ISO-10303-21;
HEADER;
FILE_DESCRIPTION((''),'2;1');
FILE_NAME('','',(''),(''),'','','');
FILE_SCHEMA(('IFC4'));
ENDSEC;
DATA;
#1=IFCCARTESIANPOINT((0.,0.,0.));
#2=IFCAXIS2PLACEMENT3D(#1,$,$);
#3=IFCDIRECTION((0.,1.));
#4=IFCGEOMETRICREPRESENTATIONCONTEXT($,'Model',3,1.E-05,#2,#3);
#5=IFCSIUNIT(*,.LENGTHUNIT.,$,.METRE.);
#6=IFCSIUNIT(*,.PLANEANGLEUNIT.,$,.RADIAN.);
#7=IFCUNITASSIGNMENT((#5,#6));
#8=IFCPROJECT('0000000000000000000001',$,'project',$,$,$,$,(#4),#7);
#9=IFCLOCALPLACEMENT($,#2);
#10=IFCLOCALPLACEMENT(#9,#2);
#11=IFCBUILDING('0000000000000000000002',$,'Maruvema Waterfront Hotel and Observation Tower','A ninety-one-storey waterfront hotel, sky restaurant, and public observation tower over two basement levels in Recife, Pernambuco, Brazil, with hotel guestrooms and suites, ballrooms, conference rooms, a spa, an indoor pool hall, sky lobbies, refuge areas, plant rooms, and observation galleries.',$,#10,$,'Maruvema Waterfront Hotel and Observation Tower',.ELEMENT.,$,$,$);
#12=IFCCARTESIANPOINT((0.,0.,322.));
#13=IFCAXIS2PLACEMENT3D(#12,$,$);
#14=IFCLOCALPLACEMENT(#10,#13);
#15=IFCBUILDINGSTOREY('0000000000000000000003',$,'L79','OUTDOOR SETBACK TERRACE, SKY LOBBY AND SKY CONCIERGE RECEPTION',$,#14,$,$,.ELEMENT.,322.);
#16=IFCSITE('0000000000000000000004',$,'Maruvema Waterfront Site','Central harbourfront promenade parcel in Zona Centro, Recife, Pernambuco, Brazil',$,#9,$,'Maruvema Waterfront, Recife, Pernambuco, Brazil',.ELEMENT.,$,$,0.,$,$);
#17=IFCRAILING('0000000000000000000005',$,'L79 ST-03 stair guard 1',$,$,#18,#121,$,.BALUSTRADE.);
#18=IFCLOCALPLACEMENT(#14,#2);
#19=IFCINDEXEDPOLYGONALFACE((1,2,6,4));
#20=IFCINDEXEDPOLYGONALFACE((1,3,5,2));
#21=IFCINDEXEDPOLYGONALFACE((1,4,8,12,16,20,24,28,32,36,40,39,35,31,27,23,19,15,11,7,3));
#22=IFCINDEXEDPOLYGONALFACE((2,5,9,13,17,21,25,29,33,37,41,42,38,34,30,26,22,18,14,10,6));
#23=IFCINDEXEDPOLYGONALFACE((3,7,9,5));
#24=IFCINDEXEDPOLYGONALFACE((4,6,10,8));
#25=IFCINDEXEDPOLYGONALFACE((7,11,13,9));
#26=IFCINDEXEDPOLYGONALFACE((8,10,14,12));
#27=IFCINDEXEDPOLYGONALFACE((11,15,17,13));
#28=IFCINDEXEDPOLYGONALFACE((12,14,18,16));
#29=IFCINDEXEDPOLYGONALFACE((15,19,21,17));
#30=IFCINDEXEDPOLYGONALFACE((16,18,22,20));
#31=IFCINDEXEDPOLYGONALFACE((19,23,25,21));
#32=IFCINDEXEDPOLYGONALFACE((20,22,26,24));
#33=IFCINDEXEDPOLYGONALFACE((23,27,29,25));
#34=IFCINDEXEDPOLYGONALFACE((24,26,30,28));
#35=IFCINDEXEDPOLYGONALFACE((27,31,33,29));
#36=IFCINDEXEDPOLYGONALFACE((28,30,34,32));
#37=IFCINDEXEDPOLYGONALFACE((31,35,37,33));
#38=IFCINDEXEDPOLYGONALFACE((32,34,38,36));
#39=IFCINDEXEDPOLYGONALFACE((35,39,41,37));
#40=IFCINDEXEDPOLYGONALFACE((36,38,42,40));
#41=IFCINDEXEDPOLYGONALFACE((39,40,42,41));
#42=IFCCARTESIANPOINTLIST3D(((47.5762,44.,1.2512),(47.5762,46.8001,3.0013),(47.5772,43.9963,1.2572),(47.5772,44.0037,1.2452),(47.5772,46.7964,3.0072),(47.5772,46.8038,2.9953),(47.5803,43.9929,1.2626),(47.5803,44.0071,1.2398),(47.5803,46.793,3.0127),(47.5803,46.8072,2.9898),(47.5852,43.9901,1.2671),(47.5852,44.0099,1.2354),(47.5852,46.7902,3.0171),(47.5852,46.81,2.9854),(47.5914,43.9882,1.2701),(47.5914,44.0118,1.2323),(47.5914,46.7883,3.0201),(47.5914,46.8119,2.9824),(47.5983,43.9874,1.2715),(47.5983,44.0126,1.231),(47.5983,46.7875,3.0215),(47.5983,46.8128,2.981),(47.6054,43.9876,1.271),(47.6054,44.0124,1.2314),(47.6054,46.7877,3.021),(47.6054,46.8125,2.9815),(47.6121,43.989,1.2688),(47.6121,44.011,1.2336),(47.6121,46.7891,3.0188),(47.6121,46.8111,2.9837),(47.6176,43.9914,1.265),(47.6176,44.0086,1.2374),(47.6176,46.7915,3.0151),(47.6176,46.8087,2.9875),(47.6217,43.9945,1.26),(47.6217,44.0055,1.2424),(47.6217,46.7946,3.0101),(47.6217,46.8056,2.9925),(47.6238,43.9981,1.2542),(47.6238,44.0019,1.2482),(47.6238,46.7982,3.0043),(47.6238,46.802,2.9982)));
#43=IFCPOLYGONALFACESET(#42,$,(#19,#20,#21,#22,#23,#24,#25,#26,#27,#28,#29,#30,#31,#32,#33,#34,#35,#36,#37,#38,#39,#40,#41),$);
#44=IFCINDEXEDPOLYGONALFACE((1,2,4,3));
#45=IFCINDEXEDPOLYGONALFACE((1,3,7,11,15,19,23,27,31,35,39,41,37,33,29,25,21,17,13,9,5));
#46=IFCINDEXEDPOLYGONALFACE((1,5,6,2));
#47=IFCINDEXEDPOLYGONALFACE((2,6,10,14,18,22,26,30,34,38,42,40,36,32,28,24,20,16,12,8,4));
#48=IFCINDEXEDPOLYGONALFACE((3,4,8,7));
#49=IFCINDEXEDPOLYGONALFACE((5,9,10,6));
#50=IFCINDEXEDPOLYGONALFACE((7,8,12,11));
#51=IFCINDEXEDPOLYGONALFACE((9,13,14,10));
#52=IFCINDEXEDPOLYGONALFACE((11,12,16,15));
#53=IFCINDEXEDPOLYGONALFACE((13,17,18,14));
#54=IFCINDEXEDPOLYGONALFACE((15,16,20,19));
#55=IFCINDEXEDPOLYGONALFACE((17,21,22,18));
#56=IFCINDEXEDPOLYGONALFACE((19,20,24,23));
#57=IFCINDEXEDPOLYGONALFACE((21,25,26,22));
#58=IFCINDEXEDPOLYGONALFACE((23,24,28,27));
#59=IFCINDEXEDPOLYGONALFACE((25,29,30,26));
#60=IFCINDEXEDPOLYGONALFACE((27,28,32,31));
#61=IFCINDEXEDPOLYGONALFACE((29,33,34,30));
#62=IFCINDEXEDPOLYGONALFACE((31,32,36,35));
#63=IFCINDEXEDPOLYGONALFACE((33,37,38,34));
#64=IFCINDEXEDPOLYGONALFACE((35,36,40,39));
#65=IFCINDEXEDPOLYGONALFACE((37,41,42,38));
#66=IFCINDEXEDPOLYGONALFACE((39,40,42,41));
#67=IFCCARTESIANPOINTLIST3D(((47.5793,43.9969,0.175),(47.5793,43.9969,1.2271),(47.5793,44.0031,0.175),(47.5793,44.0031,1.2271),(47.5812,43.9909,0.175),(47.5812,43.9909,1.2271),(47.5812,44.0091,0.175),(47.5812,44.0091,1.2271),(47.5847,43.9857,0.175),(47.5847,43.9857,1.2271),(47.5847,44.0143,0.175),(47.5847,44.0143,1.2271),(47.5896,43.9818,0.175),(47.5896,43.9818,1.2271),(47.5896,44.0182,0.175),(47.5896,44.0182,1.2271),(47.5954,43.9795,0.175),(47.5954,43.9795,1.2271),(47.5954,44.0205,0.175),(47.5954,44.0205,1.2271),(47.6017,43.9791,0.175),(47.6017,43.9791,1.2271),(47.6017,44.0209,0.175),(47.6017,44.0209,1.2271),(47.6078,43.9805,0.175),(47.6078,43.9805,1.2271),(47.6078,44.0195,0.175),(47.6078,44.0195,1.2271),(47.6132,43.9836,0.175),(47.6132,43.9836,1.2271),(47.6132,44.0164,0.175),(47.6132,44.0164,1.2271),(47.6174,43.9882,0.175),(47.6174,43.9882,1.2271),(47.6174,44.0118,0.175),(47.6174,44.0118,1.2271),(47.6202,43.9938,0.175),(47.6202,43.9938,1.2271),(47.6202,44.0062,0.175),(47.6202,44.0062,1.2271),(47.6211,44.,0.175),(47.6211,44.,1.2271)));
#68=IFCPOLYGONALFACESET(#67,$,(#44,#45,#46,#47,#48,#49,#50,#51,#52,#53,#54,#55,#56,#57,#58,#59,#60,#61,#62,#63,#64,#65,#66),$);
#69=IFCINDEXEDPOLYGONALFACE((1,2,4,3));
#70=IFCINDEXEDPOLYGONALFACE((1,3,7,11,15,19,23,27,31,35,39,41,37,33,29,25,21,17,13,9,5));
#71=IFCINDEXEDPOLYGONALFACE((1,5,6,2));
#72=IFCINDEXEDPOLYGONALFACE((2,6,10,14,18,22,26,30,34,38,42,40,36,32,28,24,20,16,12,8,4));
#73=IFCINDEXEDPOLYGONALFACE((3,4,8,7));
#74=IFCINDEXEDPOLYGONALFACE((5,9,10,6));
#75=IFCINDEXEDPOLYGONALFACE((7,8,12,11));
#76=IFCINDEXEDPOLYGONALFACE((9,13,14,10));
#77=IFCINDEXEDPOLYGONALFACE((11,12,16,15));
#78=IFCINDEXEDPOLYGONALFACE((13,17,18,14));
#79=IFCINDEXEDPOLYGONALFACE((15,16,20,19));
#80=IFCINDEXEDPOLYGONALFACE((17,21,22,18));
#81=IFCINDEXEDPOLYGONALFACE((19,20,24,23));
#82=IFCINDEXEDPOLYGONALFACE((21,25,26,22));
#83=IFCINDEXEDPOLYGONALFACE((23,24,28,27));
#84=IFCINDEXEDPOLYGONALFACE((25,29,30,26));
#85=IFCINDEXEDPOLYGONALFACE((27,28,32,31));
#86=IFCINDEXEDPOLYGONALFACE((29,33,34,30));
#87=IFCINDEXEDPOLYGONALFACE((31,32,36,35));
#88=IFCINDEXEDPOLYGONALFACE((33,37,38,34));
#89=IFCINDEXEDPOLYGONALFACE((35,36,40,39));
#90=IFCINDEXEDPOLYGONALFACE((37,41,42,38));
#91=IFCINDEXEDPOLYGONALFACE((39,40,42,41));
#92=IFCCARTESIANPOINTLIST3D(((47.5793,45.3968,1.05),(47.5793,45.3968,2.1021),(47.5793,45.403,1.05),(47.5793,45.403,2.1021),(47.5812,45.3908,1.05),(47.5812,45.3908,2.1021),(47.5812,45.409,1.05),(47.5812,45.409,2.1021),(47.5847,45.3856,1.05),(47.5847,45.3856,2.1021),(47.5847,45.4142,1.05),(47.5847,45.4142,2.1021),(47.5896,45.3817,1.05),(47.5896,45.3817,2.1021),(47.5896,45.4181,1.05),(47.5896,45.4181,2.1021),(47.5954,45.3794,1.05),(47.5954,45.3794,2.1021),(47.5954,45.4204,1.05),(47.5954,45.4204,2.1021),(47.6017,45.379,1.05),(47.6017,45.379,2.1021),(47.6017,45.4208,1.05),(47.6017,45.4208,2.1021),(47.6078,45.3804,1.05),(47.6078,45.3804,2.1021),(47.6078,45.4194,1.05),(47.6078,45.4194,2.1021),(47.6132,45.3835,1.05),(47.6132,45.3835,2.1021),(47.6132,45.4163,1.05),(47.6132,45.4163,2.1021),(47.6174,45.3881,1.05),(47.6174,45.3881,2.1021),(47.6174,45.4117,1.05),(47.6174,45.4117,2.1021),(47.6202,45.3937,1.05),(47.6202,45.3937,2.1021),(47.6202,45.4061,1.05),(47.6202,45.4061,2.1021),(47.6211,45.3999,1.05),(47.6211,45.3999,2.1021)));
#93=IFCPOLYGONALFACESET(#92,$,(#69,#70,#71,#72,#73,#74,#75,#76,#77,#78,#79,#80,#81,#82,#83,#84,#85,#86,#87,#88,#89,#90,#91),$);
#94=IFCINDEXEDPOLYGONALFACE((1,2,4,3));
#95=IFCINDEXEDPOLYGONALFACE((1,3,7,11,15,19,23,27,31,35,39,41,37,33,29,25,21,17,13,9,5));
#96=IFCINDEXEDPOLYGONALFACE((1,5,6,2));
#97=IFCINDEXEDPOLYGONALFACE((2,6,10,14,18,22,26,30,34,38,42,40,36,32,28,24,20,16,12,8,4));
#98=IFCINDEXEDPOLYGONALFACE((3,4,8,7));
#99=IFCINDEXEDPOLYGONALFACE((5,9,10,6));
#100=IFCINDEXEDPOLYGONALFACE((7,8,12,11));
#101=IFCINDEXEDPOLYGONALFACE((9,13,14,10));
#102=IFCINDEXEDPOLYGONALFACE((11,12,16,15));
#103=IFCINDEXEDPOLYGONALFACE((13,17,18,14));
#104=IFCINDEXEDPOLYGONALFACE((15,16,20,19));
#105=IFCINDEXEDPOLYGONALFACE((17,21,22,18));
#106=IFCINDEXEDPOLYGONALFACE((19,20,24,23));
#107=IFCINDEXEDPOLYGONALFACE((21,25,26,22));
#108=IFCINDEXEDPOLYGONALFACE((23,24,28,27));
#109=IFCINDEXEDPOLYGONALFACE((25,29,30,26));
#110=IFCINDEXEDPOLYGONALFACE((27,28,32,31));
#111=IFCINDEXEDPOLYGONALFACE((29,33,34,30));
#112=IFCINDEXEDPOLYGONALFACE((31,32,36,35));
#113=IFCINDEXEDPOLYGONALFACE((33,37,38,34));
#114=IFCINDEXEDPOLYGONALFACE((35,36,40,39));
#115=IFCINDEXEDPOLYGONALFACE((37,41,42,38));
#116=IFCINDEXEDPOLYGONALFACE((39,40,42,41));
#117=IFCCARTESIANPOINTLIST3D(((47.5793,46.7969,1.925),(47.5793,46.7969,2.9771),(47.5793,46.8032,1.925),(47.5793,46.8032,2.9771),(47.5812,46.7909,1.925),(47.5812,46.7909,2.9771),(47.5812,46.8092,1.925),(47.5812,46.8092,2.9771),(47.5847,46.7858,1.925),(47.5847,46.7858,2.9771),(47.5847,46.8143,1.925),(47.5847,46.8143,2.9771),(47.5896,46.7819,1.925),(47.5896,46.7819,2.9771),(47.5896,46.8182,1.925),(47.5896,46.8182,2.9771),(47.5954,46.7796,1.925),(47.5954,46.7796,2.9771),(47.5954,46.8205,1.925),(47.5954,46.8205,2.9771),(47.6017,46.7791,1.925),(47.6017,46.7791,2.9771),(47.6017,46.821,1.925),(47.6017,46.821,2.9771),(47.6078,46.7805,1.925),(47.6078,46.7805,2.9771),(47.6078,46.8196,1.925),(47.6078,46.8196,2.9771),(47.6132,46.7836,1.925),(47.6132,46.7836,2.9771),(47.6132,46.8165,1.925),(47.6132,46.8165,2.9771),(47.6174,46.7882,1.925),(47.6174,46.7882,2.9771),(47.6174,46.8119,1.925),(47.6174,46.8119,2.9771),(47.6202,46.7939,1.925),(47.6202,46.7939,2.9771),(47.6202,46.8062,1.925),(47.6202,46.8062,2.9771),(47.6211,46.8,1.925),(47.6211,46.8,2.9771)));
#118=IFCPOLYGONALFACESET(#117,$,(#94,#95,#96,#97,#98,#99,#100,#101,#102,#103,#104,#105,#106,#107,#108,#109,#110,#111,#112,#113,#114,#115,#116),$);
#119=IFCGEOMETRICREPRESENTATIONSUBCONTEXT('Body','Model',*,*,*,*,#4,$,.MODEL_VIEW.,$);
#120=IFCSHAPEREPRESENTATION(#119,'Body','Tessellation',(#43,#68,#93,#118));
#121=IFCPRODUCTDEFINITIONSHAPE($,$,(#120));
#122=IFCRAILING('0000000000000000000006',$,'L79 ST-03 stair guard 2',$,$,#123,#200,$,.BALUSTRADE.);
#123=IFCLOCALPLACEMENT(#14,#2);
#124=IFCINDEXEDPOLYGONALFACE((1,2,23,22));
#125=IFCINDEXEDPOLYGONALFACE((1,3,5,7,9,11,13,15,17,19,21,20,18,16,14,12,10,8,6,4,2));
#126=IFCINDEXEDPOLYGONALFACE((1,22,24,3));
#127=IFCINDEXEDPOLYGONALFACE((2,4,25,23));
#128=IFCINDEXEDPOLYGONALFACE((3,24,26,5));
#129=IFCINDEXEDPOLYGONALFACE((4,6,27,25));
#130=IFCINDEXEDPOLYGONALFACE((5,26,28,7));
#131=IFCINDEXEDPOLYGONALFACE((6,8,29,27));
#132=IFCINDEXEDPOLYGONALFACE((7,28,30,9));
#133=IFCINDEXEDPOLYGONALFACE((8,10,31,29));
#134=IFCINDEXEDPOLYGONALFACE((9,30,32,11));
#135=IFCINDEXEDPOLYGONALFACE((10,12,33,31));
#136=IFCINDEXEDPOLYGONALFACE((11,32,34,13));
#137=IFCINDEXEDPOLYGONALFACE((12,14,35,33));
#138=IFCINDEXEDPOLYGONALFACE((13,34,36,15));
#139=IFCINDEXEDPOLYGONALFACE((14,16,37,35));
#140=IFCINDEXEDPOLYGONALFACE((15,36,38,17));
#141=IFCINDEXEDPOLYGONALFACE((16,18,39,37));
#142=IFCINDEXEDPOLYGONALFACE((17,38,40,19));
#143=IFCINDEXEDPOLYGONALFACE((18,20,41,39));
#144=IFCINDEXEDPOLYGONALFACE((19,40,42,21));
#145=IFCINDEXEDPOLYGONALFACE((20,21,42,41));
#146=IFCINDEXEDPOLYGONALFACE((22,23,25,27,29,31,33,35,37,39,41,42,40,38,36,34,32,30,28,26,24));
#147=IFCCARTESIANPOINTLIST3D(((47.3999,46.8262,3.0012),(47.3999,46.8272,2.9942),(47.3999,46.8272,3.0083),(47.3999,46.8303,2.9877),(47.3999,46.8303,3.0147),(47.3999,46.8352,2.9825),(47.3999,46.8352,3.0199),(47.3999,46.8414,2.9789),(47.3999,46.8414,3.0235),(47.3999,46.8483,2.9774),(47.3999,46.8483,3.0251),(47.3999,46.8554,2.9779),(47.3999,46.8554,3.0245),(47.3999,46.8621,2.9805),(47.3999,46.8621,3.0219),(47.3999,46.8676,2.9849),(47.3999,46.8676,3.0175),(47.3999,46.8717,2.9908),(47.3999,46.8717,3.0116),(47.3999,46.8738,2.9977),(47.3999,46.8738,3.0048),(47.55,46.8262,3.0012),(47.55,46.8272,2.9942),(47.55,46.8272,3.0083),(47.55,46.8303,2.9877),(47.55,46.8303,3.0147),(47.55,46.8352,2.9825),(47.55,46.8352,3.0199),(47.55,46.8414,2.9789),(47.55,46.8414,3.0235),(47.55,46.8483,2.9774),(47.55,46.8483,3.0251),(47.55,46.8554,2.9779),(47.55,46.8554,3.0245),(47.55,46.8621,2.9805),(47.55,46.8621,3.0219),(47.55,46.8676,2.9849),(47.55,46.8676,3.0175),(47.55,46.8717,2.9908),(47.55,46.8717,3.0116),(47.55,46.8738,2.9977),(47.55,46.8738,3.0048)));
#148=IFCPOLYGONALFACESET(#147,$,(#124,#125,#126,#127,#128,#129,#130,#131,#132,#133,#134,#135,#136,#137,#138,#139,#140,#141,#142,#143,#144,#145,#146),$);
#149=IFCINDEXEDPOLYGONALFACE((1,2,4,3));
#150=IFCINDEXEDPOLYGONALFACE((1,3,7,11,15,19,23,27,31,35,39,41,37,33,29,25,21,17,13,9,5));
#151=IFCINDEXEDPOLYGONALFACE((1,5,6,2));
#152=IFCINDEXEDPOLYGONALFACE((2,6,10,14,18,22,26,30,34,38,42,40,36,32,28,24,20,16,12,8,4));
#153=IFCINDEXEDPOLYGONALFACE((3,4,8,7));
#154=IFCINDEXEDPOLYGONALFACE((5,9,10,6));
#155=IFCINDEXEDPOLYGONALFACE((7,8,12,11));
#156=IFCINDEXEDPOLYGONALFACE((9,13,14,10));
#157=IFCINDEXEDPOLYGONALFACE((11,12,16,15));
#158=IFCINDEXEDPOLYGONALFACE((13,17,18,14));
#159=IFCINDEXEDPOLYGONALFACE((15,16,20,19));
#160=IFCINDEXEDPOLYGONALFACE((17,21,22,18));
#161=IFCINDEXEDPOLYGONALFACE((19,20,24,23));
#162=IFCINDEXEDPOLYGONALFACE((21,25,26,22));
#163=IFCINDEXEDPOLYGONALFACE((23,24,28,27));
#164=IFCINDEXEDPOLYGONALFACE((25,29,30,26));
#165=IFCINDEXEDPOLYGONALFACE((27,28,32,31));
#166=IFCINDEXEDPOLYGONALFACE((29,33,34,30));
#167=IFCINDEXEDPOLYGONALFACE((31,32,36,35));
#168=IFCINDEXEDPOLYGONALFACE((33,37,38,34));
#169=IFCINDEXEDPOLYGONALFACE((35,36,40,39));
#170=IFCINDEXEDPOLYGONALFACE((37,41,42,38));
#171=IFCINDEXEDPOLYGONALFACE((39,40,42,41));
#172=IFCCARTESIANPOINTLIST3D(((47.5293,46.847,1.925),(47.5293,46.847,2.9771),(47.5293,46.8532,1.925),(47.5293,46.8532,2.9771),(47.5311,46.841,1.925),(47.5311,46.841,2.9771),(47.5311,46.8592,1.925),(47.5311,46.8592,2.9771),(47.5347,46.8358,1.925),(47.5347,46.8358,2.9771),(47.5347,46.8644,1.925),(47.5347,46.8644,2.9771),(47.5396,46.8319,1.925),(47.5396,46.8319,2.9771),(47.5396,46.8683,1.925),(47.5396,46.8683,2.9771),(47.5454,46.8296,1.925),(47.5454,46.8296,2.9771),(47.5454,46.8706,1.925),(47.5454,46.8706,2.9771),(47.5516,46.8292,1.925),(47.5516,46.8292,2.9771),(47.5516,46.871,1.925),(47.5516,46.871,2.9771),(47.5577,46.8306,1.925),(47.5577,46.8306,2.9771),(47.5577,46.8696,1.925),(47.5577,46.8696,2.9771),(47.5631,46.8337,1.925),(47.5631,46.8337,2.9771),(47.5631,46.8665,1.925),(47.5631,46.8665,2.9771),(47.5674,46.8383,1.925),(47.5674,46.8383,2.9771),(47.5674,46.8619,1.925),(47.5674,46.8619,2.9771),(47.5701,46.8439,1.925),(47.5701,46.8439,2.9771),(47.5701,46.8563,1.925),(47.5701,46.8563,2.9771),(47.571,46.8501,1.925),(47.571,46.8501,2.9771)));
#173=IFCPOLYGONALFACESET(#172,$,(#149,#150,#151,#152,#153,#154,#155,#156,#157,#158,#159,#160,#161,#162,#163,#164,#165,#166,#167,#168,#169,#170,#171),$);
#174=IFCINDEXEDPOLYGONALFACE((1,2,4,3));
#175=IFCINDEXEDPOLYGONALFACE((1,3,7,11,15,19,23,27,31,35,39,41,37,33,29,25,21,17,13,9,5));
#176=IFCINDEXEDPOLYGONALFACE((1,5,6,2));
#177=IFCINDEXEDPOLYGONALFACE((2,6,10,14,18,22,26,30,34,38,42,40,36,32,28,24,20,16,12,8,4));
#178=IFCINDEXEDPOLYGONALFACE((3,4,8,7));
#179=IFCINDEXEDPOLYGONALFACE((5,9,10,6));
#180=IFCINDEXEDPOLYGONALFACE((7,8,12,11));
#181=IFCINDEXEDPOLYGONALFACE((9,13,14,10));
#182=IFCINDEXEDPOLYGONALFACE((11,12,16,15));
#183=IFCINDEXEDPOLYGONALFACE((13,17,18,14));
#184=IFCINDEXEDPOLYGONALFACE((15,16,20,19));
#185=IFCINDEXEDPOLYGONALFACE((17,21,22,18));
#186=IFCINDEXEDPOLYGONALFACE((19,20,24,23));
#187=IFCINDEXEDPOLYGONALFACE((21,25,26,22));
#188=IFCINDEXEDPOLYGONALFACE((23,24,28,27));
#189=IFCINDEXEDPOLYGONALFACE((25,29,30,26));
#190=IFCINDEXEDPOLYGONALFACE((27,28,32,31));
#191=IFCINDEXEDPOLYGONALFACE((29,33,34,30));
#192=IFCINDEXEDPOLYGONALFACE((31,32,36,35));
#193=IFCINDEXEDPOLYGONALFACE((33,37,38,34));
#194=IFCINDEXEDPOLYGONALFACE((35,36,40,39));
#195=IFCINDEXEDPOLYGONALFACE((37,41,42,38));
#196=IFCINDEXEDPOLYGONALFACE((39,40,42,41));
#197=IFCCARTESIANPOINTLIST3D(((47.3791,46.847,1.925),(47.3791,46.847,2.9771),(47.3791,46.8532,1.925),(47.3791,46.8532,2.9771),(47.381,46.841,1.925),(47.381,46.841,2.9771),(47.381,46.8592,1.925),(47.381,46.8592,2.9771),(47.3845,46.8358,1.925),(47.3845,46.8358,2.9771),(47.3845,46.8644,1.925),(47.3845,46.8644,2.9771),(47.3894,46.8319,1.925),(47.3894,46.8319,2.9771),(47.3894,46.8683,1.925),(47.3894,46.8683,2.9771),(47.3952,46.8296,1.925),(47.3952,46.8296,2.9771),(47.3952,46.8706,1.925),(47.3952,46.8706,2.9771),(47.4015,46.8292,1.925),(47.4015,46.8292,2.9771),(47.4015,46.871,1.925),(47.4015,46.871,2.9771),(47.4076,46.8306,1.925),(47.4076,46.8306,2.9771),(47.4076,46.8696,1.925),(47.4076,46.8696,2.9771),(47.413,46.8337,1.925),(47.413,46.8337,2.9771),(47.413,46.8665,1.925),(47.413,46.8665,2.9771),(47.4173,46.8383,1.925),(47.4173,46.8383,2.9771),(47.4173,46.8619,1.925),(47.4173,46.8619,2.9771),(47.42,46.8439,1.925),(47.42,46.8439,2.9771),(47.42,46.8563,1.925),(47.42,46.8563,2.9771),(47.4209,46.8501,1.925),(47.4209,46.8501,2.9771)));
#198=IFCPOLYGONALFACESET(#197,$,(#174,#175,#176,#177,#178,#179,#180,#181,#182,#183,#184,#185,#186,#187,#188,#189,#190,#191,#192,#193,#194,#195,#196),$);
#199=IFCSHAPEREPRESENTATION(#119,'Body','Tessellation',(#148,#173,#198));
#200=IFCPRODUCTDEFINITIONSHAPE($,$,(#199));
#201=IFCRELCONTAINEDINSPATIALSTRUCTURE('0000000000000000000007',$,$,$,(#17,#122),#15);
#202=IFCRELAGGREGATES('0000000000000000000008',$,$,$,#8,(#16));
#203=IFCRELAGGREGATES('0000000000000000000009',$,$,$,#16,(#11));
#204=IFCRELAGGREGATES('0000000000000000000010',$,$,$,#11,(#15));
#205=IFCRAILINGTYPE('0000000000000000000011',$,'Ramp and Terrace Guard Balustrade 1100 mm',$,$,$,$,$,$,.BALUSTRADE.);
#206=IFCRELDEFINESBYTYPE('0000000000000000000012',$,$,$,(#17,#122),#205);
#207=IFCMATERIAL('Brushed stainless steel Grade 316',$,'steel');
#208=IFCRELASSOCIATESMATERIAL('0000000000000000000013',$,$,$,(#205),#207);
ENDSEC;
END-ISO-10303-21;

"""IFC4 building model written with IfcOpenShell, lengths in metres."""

from ifc_helpers import new_model, si_unit, direction, frame, origin, origin_2d, place, context, subcontext, project, spatial, circle, extrude, material, type_object, element, save


model = new_model("IFC4")

# Units and contexts
model_context = context("Model", 3, precision=1e-05, world=origin(), true_north=direction((0.0, 1.0)))
body_context = subcontext(model_context, "Body", "Model", "MODEL_VIEW")
ifc_project = project(units=[si_unit("LENGTHUNIT", "METRE"), si_unit("PLANEANGLEUNIT", "RADIAN")], contexts=[model_context])

# Site, building, storey
site_placement = place(None, origin())
site = spatial("IfcSite", under=ifc_project, at=site_placement, Name="Maruvema Waterfront Site", Description="Central harbourfront promenade parcel in Zona Centro, Recife, Pernambuco, Brazil", LongName="Maruvema Waterfront, Recife, Pernambuco, Brazil", CompositionType="ELEMENT", RefElevation=0.0)
building_placement = place(site_placement, origin())
building = spatial("IfcBuilding", under=site, at=building_placement, Name="Maruvema Waterfront Hotel and Observation Tower", Description="A ninety-one-storey waterfront hotel, sky restaurant, and public observation tower over two basement levels in Recife, Pernambuco, Brazil, with hotel guestrooms and suites, ballrooms, conference rooms, a spa, an indoor pool hall, sky lobbies, refuge areas, plant rooms, and observation galleries.", LongName="Maruvema Waterfront Hotel and Observation Tower", CompositionType="ELEMENT")
storey_placement = place(building_placement, frame((0.0, 0.0, 322.0)))
storey = spatial("IfcBuildingStorey", under=building, at=storey_placement, Name="L79", Description="OUTDOOR SETBACK TERRACE, SKY LOBBY AND SKY CONCIERGE RECEPTION", CompositionType="ELEMENT", Elevation=322.0)

# Railings
ifc_material_1 = material(Name="Brushed stainless steel Grade 316", Category="steel")
railing_type_1 = type_object("IfcRailingType", Name="Ramp and Terrace Guard Balustrade 1100 mm", PredefinedType="BALUSTRADE", material=ifc_material_1)
railing_1_placement = place(storey_placement, frame((47.6001, 44.0, 0.175)))
element("IfcRailing", 1, at=railing_1_placement, inside=storey, type_object=railing_type_1, Name="L79 ST-03 stair guard 1", PredefinedType="BALUSTRADE", context=body_context, shape_type="SweptSolid", body=[
    extrude(circle(Radius=0.0239, at=origin_2d()), frame((0.0, 0.0, 1.0762), z_axis=(0.0, 0.848002, 0.529992), x_axis=(-1.0, 0.0, 0.0)), (0.0, 0.0, 1.0), 3.302),
    extrude(circle(Radius=0.021, at=origin_2d()), origin(), (0.0, 0.0, 1.0), 1.052),
    extrude(circle(Radius=0.021, at=origin_2d()), frame((0.0, 1.3999, 0.875)), (0.0, 0.0, 1.0), 1.052),
    extrude(circle(Radius=0.021, at=origin_2d()), frame((0.0, 2.8, 1.75)), (0.0, 0.0, 1.0), 1.052),
])
railing_2_placement = place(storey_placement, frame((47.55, 46.8501, 1.925)))
element("IfcRailing", 2, at=railing_2_placement, inside=storey, type_object=railing_type_1, Name="L79 ST-03 stair guard 2", PredefinedType="BALUSTRADE", context=body_context, shape_type="SweptSolid", body=[
    extrude(circle(Radius=0.0239, at=origin_2d()), frame((0.0, 0.0, 1.0762), z_axis=(-1.0, 0.0, 0.0), x_axis=(0.0, -1.0, 0.0)), (0.0, 0.0, 1.0), 0.1501),
    extrude(circle(Radius=0.021, at=origin_2d()), origin(), (0.0, 0.0, 1.0), 1.052),
    extrude(circle(Radius=0.021, at=origin_2d()), frame((-0.1501, 0.0, 0.0)), (0.0, 0.0, 1.0), 1.052),
])

save(model, "model.ifc")
